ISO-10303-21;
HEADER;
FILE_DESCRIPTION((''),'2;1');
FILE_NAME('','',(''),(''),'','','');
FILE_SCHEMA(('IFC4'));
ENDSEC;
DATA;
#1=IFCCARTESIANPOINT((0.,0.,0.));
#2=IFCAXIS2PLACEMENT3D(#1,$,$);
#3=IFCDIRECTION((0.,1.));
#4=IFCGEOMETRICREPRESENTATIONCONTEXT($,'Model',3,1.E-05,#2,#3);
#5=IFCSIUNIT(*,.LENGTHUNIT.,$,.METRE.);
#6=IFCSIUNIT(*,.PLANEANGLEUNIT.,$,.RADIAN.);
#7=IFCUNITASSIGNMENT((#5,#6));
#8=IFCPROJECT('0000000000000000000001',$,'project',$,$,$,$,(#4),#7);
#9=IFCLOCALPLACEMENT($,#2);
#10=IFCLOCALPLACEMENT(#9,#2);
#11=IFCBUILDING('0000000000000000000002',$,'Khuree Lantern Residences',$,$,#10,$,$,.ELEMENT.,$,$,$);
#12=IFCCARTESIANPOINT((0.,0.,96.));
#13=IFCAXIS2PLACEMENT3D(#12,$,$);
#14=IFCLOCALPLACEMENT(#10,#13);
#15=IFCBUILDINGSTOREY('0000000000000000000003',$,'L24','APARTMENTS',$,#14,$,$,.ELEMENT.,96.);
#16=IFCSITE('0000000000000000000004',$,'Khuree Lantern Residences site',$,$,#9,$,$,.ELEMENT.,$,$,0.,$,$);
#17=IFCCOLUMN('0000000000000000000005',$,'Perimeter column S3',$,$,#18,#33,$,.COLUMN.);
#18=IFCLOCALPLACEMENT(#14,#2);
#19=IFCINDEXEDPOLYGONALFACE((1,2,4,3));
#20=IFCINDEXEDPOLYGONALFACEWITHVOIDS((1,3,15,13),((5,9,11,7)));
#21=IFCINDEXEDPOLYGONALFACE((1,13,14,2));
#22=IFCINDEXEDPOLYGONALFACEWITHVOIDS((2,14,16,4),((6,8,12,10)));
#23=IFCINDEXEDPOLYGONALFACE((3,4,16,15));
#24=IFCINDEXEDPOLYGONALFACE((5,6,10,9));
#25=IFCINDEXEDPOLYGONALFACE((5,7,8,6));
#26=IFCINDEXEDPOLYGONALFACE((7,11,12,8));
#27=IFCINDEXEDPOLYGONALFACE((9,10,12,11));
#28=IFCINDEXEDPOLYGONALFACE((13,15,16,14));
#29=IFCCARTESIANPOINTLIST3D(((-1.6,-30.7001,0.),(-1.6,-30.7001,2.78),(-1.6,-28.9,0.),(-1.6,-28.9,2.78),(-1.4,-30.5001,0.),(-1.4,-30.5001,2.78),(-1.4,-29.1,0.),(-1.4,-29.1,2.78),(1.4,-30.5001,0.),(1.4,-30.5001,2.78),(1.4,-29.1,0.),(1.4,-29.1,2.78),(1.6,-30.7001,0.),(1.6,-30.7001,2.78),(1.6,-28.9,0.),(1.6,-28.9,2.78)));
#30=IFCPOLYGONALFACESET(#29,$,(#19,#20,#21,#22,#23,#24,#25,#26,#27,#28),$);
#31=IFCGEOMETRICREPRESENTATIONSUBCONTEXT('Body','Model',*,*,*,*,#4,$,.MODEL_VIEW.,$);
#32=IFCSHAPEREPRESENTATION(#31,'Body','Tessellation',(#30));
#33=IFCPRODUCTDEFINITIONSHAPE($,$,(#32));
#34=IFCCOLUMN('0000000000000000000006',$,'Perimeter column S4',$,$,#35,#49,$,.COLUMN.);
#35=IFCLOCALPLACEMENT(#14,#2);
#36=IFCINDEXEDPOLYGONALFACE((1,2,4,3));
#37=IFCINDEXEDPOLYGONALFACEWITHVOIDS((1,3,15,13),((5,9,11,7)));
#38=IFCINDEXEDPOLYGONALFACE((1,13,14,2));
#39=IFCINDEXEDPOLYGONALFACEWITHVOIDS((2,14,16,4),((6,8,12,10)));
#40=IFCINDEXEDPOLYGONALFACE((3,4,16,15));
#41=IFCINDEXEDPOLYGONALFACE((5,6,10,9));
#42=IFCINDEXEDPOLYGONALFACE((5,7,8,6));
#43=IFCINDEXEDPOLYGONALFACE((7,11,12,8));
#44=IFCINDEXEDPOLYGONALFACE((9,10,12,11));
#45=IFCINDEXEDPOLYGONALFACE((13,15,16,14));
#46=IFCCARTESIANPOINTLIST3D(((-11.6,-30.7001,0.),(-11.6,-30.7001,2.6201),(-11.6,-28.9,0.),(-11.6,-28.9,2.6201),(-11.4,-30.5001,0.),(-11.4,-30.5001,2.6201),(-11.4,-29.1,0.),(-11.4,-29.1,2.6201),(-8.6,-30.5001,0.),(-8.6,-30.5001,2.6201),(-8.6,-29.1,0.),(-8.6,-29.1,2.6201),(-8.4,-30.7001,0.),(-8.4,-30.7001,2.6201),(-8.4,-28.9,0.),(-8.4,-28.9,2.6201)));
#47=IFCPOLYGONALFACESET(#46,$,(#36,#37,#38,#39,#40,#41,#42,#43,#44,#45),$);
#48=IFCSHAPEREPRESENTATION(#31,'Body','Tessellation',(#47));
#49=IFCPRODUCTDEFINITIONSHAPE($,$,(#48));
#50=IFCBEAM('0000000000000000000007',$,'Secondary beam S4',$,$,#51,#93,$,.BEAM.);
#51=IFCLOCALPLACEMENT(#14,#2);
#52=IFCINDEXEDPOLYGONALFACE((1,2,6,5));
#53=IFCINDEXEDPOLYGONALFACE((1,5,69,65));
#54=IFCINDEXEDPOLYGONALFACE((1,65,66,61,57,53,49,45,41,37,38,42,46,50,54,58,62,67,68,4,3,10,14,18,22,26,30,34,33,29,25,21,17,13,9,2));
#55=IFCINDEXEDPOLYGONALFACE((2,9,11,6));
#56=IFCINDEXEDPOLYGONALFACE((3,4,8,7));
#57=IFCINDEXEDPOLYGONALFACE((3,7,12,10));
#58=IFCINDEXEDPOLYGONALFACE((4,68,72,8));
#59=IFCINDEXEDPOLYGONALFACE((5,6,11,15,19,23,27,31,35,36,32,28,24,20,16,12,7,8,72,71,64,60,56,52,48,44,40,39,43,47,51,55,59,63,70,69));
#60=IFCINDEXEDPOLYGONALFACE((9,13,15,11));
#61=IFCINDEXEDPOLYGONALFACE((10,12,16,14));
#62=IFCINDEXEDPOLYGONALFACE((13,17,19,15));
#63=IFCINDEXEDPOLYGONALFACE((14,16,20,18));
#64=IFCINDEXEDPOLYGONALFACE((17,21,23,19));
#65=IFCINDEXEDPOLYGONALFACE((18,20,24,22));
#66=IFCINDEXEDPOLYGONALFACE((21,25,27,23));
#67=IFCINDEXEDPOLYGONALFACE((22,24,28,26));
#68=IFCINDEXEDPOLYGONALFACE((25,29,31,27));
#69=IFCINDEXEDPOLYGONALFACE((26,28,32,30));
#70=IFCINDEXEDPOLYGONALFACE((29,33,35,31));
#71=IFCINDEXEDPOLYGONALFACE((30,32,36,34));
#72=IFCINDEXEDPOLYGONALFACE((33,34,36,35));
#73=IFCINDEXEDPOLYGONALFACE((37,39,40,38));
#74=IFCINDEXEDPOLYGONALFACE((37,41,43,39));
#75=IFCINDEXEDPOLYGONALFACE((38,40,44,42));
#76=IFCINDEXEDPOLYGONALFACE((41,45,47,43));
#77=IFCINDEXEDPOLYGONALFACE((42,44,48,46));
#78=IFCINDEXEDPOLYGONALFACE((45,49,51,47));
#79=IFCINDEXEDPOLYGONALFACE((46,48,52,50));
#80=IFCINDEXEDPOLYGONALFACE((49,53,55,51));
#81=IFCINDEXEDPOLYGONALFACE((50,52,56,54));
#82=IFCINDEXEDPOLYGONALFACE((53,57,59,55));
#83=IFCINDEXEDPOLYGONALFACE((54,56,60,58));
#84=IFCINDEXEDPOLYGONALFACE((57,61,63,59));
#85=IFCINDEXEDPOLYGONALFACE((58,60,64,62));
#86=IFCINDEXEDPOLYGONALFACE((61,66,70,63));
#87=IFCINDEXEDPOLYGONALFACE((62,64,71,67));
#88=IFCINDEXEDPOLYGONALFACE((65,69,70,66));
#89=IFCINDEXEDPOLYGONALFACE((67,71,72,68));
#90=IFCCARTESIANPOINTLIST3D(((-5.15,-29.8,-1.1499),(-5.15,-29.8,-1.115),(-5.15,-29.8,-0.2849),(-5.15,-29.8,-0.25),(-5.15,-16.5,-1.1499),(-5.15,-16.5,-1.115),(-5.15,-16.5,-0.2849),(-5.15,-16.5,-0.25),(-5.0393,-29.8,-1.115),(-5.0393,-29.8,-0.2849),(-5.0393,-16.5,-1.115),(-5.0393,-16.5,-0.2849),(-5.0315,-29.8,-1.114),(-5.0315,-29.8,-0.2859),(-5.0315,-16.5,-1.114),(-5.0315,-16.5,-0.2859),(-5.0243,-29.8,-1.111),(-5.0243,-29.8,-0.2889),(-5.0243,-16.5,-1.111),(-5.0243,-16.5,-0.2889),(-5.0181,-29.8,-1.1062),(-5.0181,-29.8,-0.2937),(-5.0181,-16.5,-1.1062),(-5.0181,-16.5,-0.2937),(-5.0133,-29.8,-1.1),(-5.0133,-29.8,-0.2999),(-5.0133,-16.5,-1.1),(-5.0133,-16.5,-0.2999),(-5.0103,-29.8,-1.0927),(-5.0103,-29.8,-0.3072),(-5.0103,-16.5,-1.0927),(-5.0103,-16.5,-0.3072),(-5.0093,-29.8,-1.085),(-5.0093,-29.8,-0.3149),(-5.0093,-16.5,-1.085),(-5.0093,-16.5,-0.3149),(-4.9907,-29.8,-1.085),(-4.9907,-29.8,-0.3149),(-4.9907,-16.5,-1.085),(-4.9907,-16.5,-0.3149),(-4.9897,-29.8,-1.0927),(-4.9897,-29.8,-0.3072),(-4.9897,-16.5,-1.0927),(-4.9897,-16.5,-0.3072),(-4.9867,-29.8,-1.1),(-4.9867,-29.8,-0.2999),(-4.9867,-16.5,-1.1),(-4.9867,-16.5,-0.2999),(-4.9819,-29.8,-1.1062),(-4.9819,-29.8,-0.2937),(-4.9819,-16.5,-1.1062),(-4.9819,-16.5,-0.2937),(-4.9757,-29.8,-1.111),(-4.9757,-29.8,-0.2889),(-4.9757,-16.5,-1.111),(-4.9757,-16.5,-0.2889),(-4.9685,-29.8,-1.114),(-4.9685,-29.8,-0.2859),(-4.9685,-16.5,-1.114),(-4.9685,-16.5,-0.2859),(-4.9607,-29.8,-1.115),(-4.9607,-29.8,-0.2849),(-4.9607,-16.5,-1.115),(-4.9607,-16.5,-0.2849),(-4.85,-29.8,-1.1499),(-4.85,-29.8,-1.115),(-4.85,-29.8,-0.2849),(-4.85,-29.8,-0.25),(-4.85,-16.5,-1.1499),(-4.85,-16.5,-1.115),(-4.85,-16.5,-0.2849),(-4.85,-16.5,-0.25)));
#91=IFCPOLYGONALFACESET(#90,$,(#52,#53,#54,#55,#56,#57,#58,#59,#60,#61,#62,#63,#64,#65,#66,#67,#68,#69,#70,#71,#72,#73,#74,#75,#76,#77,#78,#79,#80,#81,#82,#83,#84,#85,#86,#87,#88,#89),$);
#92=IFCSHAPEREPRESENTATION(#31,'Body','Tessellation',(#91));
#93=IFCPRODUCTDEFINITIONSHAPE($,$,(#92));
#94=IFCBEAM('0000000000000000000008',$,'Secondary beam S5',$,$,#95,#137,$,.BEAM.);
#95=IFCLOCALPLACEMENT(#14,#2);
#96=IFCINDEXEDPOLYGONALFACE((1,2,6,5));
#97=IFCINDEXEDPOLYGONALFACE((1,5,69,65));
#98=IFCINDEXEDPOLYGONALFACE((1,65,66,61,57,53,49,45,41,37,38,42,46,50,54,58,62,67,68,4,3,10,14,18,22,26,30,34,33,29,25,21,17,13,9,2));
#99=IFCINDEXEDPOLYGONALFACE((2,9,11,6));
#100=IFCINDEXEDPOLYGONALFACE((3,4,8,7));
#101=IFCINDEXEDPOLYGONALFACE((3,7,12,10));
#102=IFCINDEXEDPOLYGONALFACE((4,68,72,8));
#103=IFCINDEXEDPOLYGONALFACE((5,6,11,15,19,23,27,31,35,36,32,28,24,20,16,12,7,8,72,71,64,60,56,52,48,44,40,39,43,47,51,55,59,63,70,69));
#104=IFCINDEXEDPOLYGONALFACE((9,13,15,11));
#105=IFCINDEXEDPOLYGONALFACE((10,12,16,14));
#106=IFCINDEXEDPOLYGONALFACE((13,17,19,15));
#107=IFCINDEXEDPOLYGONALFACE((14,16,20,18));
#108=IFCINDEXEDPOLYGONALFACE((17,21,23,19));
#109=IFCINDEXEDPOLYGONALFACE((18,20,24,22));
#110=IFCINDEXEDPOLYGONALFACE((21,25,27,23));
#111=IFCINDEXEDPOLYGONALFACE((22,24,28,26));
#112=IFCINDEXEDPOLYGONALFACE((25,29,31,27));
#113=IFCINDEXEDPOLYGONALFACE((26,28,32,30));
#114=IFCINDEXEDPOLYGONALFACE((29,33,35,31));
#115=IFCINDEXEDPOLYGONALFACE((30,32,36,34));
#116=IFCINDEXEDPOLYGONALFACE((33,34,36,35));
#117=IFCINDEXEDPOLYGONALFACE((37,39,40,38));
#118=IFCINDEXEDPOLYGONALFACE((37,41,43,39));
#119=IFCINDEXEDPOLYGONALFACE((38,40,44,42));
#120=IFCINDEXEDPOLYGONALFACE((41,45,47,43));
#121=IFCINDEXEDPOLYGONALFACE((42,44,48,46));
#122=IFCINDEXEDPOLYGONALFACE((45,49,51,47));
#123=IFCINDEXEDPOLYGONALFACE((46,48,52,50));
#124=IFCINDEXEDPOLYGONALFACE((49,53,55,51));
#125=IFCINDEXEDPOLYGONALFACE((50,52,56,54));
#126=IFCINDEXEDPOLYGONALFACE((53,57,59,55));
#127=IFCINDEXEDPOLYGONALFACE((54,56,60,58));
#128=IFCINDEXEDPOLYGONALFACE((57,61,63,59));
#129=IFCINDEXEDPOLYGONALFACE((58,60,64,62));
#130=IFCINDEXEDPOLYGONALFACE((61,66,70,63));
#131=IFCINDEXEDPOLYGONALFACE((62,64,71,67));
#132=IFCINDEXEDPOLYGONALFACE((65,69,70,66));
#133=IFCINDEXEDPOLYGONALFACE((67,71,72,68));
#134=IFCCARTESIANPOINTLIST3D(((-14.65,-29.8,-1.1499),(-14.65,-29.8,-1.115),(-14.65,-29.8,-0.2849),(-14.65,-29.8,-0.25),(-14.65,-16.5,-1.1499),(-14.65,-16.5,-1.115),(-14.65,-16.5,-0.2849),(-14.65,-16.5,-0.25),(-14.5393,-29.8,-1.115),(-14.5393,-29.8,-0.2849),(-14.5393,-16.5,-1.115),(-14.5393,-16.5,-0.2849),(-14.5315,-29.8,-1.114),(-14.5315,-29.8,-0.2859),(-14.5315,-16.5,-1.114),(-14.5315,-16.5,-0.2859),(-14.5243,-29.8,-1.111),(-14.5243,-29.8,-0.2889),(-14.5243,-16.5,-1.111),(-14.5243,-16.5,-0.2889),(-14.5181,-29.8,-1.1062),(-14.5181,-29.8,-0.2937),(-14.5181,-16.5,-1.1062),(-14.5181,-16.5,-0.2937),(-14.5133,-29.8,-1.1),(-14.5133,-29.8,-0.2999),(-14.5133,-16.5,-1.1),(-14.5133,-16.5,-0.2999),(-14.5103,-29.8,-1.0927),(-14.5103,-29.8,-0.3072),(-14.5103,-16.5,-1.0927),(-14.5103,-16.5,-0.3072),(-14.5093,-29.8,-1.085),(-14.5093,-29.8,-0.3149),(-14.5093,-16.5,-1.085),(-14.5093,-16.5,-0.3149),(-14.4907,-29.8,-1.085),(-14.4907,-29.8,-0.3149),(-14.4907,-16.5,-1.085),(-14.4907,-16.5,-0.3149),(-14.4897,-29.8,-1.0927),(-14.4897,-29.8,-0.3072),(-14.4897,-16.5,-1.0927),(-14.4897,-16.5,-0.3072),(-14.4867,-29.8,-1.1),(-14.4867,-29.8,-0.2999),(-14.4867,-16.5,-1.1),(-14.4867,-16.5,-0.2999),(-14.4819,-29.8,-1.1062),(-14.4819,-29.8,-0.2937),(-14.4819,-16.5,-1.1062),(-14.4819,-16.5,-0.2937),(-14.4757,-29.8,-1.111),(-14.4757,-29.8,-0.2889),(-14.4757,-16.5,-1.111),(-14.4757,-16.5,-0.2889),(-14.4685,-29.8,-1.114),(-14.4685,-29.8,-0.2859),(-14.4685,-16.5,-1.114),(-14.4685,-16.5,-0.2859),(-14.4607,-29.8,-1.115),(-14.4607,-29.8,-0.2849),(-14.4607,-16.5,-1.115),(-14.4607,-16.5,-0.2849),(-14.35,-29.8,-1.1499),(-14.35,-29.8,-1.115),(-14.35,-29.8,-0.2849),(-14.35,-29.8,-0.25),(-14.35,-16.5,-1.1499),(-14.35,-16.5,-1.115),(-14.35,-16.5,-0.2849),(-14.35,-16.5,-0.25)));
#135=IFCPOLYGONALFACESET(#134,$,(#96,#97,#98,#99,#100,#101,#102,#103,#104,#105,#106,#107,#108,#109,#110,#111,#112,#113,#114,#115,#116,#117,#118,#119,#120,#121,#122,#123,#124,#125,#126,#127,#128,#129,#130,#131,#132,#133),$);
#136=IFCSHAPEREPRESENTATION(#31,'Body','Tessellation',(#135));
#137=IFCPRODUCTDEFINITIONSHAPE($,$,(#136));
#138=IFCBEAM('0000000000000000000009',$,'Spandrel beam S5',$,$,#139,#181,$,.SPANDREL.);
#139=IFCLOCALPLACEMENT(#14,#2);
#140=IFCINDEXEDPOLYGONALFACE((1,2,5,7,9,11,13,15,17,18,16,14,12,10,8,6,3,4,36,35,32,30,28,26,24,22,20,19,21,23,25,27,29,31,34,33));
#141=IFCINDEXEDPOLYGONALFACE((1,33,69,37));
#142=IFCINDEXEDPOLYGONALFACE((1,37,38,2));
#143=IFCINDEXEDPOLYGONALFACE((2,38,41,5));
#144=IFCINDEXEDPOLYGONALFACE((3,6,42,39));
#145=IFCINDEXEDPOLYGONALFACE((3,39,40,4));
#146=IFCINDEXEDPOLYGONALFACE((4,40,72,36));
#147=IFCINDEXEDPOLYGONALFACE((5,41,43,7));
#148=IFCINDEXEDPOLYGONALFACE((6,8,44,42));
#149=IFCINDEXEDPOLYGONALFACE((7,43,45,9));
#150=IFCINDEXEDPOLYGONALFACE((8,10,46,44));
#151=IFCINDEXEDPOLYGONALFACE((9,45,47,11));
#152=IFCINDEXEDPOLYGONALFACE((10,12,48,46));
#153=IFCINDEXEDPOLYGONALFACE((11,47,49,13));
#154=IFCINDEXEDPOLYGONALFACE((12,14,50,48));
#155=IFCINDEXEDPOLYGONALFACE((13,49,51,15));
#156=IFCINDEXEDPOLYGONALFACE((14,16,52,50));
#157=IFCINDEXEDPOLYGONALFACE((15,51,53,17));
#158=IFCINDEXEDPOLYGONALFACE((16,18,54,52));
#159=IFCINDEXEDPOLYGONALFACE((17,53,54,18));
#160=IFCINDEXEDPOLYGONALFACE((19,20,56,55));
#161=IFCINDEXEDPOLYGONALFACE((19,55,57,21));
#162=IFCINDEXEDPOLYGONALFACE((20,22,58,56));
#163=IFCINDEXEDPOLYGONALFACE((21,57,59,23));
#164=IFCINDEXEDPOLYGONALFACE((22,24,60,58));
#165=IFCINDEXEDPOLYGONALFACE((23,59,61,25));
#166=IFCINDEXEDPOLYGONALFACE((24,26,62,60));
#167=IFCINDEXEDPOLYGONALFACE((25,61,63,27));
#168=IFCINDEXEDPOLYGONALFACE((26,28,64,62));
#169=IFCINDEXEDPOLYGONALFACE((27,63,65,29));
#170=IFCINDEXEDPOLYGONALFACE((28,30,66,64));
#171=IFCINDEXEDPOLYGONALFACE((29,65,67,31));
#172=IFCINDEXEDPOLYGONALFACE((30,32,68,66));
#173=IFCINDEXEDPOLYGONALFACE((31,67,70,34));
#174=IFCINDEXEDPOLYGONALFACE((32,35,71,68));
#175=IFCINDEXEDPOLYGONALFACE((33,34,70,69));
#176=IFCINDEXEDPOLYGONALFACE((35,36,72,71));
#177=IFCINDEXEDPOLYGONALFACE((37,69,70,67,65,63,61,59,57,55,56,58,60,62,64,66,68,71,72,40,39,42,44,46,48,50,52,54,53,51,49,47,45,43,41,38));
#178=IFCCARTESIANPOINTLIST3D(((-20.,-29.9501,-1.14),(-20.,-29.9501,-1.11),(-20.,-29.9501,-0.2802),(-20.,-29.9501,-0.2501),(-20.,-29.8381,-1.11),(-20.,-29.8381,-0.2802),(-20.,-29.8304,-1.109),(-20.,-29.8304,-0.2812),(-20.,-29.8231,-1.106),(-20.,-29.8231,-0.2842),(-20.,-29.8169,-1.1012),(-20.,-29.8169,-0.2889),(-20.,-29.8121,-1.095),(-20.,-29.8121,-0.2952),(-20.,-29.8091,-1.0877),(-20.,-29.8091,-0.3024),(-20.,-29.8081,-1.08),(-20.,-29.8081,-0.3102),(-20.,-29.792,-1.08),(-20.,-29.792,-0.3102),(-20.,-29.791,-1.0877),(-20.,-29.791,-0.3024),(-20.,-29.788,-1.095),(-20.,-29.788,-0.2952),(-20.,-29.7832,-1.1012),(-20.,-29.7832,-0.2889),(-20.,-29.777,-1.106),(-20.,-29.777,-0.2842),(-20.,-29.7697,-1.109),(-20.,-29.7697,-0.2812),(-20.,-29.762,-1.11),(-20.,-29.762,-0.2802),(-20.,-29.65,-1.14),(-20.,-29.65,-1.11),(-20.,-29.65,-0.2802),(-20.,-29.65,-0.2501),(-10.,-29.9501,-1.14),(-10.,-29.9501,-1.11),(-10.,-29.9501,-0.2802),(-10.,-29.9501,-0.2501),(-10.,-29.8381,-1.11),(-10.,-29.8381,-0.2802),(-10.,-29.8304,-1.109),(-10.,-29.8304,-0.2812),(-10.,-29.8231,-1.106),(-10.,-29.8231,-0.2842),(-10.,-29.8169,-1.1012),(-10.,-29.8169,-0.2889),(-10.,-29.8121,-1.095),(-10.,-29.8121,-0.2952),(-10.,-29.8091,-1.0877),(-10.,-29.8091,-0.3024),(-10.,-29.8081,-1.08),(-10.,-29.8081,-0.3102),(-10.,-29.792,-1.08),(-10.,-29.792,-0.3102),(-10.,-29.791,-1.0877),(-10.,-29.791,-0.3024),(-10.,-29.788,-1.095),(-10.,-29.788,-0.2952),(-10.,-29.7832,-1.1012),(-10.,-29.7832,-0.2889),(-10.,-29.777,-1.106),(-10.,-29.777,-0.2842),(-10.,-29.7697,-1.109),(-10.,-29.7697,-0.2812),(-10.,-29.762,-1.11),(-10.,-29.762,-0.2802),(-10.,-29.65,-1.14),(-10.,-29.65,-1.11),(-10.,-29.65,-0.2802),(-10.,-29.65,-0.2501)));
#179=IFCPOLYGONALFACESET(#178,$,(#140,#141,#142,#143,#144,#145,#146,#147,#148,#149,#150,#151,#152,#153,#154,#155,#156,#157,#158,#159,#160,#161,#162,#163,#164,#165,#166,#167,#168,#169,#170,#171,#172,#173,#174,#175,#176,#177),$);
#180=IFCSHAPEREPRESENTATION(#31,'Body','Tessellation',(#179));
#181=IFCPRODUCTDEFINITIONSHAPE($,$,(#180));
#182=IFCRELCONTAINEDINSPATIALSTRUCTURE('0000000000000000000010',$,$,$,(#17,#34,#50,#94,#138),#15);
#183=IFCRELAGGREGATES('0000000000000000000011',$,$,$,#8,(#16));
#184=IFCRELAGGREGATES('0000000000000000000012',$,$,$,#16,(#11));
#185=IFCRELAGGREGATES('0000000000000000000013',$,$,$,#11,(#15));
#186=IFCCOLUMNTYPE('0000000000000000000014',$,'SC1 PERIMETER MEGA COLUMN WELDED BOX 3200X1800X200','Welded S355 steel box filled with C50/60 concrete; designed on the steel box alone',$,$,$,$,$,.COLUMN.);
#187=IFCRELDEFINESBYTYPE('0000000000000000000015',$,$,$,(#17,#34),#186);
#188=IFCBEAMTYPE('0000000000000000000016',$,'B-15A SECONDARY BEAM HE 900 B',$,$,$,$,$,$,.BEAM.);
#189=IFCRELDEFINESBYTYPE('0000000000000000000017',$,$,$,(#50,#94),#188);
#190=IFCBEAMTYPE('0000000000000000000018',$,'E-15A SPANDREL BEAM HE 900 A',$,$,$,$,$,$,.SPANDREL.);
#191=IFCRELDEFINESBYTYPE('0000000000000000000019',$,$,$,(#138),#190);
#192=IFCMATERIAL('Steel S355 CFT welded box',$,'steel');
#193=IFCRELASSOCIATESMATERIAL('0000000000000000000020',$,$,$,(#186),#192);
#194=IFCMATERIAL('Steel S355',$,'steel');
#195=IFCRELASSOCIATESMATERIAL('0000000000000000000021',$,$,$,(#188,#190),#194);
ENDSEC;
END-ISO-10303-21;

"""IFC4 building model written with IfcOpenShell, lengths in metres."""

from ifc_helpers import new_model, si_unit, direction, frame, origin, origin_2d, place, context, subcontext, project, spatial, hollow_rectangle, i_section, extrude, material, material_profile, profile_set, type_object, element, save


model = new_model("IFC4")

# Units and contexts
model_context = context("Model", 3, precision=1e-05, world=origin(), true_north=direction((0.0, 1.0)))
body_context = subcontext(model_context, "Body", "Model", "MODEL_VIEW")
ifc_project = project(units=[si_unit("LENGTHUNIT", "METRE"), si_unit("PLANEANGLEUNIT", "RADIAN")], contexts=[model_context])

# Site, building, storey
site_placement = place(None, origin())
site = spatial("IfcSite", under=ifc_project, at=site_placement, Name="Khuree Lantern Residences site", CompositionType="ELEMENT", RefElevation=0.0)
building_placement = place(site_placement, origin())
building = spatial("IfcBuilding", under=site, at=building_placement, Name="Khuree Lantern Residences", CompositionType="ELEMENT")
storey_placement = place(building_placement, frame((0.0, 0.0, 96.0)))
storey = spatial("IfcBuildingStorey", under=building, at=storey_placement, Name="L24", Description="APARTMENTS", CompositionType="ELEMENT", Elevation=96.0)

# Columns
ifc_material_1 = material(Name="Steel S355 CFT welded box", Category="steel")
ifc_material_profile_1 = material_profile(ifc_material_1, hollow_rectangle(XDim=3.2, YDim=1.8, WallThickness=0.2, at=origin_2d()), Name="WELDED BOX 3200X1800X200")
ifc_profile_set_1 = profile_set([ifc_material_profile_1], Name="Steel S355 CFT welded box")
column_type = type_object("IfcColumnType", Name="SC1 PERIMETER MEGA COLUMN WELDED BOX 3200X1800X200", Description="Welded S355 steel box filled with C50/60 concrete; designed on the steel box alone", PredefinedType="COLUMN", material=ifc_profile_set_1)
column_1_placement = place(storey_placement, frame((0.0, -29.8, 0.0), z_axis=(0.0, 0.0, 1.0), x_axis=(1.0, 0.0, 0.0)))
element("IfcColumn", 1, at=column_1_placement, inside=storey, type_object=column_type, Name="Perimeter column S3", PredefinedType="COLUMN", context=body_context, shape_type="SweptSolid", body=[
    extrude(hollow_rectangle(XDim=3.2, YDim=1.8, WallThickness=0.2, at=origin_2d()), origin(), (0.0, 0.0, 1.0), 2.78),
])
column_2_placement = place(storey_placement, frame((-10.0, -29.8, 0.0), z_axis=(0.0, 0.0, 1.0), x_axis=(1.0, 0.0, 0.0)))
element("IfcColumn", 2, at=column_2_placement, inside=storey, type_object=column_type, Name="Perimeter column S4", PredefinedType="COLUMN", context=body_context, shape_type="SweptSolid", body=[
    extrude(hollow_rectangle(XDim=3.2, YDim=1.8, WallThickness=0.2, at=origin_2d()), origin(), (0.0, 0.0, 1.0), 2.6201),
])

# Beams
ifc_material_2 = material(Name="Steel S355", Category="steel")
ifc_material_profile_2 = material_profile(ifc_material_2, i_section(OverallWidth=0.3, OverallDepth=0.8999, WebThickness=0.0186, FlangeThickness=0.0349, FilletRadius=0.03, at=origin_2d()), Name="HE 900 B")
ifc_profile_set_2 = profile_set([ifc_material_profile_2], Name="Steel S355")
beam_type_1 = type_object("IfcBeamType", Name="B-15A SECONDARY BEAM HE 900 B", PredefinedType="BEAM", material=ifc_profile_set_2)
for number, where, z_axis, x_axis, name in (
    (3, (-5.0, -29.8, -0.7), (0.0, 1.0, 0.0), (-1.0, 0.0, 0.0), "Secondary beam S4"),
    (4, (-14.5, -29.8, -0.7), (0.0, 1.0, 0.0), (-1.0, 0.0, 0.0), "Secondary beam S5"),
):
    element("IfcBeam", number, at=place(storey_placement, frame(where, z_axis=z_axis, x_axis=x_axis)), inside=storey, type_object=beam_type_1, Name=name, PredefinedType="BEAM", context=body_context, shape_type="SweptSolid", body=[
        extrude(i_section(OverallWidth=0.3, OverallDepth=0.8999, WebThickness=0.0186, FlangeThickness=0.0349, FilletRadius=0.03, at=origin_2d()), origin(), (0.0, 0.0, 1.0), 13.3),
    ])
ifc_material_profile_3 = material_profile(ifc_material_2, i_section(OverallWidth=0.3, OverallDepth=0.8899, WebThickness=0.0161, FlangeThickness=0.03, FilletRadius=0.03, at=origin_2d()), Name="HE 900 A")
ifc_profile_set_3 = profile_set([ifc_material_profile_3], Name="Steel S355")
beam_type_2 = type_object("IfcBeamType", Name="E-15A SPANDREL BEAM HE 900 A", PredefinedType="SPANDREL", material=ifc_profile_set_3)
beam_1_placement = place(storey_placement, frame((-10.0, -29.8, -0.6951), z_axis=(-1.0, 0.0, 0.0), x_axis=(0.0, -1.0, 0.0)))
element("IfcBeam", 5, at=beam_1_placement, inside=storey, type_object=beam_type_2, Name="Spandrel beam S5", PredefinedType="SPANDREL", context=body_context, shape_type="SweptSolid", body=[
    extrude(i_section(OverallWidth=0.3, OverallDepth=0.8899, WebThickness=0.0161, FlangeThickness=0.03, FilletRadius=0.03, at=origin_2d()), origin(), (0.0, 0.0, 1.0), 10.0),
])

save(model, "model.ifc")
